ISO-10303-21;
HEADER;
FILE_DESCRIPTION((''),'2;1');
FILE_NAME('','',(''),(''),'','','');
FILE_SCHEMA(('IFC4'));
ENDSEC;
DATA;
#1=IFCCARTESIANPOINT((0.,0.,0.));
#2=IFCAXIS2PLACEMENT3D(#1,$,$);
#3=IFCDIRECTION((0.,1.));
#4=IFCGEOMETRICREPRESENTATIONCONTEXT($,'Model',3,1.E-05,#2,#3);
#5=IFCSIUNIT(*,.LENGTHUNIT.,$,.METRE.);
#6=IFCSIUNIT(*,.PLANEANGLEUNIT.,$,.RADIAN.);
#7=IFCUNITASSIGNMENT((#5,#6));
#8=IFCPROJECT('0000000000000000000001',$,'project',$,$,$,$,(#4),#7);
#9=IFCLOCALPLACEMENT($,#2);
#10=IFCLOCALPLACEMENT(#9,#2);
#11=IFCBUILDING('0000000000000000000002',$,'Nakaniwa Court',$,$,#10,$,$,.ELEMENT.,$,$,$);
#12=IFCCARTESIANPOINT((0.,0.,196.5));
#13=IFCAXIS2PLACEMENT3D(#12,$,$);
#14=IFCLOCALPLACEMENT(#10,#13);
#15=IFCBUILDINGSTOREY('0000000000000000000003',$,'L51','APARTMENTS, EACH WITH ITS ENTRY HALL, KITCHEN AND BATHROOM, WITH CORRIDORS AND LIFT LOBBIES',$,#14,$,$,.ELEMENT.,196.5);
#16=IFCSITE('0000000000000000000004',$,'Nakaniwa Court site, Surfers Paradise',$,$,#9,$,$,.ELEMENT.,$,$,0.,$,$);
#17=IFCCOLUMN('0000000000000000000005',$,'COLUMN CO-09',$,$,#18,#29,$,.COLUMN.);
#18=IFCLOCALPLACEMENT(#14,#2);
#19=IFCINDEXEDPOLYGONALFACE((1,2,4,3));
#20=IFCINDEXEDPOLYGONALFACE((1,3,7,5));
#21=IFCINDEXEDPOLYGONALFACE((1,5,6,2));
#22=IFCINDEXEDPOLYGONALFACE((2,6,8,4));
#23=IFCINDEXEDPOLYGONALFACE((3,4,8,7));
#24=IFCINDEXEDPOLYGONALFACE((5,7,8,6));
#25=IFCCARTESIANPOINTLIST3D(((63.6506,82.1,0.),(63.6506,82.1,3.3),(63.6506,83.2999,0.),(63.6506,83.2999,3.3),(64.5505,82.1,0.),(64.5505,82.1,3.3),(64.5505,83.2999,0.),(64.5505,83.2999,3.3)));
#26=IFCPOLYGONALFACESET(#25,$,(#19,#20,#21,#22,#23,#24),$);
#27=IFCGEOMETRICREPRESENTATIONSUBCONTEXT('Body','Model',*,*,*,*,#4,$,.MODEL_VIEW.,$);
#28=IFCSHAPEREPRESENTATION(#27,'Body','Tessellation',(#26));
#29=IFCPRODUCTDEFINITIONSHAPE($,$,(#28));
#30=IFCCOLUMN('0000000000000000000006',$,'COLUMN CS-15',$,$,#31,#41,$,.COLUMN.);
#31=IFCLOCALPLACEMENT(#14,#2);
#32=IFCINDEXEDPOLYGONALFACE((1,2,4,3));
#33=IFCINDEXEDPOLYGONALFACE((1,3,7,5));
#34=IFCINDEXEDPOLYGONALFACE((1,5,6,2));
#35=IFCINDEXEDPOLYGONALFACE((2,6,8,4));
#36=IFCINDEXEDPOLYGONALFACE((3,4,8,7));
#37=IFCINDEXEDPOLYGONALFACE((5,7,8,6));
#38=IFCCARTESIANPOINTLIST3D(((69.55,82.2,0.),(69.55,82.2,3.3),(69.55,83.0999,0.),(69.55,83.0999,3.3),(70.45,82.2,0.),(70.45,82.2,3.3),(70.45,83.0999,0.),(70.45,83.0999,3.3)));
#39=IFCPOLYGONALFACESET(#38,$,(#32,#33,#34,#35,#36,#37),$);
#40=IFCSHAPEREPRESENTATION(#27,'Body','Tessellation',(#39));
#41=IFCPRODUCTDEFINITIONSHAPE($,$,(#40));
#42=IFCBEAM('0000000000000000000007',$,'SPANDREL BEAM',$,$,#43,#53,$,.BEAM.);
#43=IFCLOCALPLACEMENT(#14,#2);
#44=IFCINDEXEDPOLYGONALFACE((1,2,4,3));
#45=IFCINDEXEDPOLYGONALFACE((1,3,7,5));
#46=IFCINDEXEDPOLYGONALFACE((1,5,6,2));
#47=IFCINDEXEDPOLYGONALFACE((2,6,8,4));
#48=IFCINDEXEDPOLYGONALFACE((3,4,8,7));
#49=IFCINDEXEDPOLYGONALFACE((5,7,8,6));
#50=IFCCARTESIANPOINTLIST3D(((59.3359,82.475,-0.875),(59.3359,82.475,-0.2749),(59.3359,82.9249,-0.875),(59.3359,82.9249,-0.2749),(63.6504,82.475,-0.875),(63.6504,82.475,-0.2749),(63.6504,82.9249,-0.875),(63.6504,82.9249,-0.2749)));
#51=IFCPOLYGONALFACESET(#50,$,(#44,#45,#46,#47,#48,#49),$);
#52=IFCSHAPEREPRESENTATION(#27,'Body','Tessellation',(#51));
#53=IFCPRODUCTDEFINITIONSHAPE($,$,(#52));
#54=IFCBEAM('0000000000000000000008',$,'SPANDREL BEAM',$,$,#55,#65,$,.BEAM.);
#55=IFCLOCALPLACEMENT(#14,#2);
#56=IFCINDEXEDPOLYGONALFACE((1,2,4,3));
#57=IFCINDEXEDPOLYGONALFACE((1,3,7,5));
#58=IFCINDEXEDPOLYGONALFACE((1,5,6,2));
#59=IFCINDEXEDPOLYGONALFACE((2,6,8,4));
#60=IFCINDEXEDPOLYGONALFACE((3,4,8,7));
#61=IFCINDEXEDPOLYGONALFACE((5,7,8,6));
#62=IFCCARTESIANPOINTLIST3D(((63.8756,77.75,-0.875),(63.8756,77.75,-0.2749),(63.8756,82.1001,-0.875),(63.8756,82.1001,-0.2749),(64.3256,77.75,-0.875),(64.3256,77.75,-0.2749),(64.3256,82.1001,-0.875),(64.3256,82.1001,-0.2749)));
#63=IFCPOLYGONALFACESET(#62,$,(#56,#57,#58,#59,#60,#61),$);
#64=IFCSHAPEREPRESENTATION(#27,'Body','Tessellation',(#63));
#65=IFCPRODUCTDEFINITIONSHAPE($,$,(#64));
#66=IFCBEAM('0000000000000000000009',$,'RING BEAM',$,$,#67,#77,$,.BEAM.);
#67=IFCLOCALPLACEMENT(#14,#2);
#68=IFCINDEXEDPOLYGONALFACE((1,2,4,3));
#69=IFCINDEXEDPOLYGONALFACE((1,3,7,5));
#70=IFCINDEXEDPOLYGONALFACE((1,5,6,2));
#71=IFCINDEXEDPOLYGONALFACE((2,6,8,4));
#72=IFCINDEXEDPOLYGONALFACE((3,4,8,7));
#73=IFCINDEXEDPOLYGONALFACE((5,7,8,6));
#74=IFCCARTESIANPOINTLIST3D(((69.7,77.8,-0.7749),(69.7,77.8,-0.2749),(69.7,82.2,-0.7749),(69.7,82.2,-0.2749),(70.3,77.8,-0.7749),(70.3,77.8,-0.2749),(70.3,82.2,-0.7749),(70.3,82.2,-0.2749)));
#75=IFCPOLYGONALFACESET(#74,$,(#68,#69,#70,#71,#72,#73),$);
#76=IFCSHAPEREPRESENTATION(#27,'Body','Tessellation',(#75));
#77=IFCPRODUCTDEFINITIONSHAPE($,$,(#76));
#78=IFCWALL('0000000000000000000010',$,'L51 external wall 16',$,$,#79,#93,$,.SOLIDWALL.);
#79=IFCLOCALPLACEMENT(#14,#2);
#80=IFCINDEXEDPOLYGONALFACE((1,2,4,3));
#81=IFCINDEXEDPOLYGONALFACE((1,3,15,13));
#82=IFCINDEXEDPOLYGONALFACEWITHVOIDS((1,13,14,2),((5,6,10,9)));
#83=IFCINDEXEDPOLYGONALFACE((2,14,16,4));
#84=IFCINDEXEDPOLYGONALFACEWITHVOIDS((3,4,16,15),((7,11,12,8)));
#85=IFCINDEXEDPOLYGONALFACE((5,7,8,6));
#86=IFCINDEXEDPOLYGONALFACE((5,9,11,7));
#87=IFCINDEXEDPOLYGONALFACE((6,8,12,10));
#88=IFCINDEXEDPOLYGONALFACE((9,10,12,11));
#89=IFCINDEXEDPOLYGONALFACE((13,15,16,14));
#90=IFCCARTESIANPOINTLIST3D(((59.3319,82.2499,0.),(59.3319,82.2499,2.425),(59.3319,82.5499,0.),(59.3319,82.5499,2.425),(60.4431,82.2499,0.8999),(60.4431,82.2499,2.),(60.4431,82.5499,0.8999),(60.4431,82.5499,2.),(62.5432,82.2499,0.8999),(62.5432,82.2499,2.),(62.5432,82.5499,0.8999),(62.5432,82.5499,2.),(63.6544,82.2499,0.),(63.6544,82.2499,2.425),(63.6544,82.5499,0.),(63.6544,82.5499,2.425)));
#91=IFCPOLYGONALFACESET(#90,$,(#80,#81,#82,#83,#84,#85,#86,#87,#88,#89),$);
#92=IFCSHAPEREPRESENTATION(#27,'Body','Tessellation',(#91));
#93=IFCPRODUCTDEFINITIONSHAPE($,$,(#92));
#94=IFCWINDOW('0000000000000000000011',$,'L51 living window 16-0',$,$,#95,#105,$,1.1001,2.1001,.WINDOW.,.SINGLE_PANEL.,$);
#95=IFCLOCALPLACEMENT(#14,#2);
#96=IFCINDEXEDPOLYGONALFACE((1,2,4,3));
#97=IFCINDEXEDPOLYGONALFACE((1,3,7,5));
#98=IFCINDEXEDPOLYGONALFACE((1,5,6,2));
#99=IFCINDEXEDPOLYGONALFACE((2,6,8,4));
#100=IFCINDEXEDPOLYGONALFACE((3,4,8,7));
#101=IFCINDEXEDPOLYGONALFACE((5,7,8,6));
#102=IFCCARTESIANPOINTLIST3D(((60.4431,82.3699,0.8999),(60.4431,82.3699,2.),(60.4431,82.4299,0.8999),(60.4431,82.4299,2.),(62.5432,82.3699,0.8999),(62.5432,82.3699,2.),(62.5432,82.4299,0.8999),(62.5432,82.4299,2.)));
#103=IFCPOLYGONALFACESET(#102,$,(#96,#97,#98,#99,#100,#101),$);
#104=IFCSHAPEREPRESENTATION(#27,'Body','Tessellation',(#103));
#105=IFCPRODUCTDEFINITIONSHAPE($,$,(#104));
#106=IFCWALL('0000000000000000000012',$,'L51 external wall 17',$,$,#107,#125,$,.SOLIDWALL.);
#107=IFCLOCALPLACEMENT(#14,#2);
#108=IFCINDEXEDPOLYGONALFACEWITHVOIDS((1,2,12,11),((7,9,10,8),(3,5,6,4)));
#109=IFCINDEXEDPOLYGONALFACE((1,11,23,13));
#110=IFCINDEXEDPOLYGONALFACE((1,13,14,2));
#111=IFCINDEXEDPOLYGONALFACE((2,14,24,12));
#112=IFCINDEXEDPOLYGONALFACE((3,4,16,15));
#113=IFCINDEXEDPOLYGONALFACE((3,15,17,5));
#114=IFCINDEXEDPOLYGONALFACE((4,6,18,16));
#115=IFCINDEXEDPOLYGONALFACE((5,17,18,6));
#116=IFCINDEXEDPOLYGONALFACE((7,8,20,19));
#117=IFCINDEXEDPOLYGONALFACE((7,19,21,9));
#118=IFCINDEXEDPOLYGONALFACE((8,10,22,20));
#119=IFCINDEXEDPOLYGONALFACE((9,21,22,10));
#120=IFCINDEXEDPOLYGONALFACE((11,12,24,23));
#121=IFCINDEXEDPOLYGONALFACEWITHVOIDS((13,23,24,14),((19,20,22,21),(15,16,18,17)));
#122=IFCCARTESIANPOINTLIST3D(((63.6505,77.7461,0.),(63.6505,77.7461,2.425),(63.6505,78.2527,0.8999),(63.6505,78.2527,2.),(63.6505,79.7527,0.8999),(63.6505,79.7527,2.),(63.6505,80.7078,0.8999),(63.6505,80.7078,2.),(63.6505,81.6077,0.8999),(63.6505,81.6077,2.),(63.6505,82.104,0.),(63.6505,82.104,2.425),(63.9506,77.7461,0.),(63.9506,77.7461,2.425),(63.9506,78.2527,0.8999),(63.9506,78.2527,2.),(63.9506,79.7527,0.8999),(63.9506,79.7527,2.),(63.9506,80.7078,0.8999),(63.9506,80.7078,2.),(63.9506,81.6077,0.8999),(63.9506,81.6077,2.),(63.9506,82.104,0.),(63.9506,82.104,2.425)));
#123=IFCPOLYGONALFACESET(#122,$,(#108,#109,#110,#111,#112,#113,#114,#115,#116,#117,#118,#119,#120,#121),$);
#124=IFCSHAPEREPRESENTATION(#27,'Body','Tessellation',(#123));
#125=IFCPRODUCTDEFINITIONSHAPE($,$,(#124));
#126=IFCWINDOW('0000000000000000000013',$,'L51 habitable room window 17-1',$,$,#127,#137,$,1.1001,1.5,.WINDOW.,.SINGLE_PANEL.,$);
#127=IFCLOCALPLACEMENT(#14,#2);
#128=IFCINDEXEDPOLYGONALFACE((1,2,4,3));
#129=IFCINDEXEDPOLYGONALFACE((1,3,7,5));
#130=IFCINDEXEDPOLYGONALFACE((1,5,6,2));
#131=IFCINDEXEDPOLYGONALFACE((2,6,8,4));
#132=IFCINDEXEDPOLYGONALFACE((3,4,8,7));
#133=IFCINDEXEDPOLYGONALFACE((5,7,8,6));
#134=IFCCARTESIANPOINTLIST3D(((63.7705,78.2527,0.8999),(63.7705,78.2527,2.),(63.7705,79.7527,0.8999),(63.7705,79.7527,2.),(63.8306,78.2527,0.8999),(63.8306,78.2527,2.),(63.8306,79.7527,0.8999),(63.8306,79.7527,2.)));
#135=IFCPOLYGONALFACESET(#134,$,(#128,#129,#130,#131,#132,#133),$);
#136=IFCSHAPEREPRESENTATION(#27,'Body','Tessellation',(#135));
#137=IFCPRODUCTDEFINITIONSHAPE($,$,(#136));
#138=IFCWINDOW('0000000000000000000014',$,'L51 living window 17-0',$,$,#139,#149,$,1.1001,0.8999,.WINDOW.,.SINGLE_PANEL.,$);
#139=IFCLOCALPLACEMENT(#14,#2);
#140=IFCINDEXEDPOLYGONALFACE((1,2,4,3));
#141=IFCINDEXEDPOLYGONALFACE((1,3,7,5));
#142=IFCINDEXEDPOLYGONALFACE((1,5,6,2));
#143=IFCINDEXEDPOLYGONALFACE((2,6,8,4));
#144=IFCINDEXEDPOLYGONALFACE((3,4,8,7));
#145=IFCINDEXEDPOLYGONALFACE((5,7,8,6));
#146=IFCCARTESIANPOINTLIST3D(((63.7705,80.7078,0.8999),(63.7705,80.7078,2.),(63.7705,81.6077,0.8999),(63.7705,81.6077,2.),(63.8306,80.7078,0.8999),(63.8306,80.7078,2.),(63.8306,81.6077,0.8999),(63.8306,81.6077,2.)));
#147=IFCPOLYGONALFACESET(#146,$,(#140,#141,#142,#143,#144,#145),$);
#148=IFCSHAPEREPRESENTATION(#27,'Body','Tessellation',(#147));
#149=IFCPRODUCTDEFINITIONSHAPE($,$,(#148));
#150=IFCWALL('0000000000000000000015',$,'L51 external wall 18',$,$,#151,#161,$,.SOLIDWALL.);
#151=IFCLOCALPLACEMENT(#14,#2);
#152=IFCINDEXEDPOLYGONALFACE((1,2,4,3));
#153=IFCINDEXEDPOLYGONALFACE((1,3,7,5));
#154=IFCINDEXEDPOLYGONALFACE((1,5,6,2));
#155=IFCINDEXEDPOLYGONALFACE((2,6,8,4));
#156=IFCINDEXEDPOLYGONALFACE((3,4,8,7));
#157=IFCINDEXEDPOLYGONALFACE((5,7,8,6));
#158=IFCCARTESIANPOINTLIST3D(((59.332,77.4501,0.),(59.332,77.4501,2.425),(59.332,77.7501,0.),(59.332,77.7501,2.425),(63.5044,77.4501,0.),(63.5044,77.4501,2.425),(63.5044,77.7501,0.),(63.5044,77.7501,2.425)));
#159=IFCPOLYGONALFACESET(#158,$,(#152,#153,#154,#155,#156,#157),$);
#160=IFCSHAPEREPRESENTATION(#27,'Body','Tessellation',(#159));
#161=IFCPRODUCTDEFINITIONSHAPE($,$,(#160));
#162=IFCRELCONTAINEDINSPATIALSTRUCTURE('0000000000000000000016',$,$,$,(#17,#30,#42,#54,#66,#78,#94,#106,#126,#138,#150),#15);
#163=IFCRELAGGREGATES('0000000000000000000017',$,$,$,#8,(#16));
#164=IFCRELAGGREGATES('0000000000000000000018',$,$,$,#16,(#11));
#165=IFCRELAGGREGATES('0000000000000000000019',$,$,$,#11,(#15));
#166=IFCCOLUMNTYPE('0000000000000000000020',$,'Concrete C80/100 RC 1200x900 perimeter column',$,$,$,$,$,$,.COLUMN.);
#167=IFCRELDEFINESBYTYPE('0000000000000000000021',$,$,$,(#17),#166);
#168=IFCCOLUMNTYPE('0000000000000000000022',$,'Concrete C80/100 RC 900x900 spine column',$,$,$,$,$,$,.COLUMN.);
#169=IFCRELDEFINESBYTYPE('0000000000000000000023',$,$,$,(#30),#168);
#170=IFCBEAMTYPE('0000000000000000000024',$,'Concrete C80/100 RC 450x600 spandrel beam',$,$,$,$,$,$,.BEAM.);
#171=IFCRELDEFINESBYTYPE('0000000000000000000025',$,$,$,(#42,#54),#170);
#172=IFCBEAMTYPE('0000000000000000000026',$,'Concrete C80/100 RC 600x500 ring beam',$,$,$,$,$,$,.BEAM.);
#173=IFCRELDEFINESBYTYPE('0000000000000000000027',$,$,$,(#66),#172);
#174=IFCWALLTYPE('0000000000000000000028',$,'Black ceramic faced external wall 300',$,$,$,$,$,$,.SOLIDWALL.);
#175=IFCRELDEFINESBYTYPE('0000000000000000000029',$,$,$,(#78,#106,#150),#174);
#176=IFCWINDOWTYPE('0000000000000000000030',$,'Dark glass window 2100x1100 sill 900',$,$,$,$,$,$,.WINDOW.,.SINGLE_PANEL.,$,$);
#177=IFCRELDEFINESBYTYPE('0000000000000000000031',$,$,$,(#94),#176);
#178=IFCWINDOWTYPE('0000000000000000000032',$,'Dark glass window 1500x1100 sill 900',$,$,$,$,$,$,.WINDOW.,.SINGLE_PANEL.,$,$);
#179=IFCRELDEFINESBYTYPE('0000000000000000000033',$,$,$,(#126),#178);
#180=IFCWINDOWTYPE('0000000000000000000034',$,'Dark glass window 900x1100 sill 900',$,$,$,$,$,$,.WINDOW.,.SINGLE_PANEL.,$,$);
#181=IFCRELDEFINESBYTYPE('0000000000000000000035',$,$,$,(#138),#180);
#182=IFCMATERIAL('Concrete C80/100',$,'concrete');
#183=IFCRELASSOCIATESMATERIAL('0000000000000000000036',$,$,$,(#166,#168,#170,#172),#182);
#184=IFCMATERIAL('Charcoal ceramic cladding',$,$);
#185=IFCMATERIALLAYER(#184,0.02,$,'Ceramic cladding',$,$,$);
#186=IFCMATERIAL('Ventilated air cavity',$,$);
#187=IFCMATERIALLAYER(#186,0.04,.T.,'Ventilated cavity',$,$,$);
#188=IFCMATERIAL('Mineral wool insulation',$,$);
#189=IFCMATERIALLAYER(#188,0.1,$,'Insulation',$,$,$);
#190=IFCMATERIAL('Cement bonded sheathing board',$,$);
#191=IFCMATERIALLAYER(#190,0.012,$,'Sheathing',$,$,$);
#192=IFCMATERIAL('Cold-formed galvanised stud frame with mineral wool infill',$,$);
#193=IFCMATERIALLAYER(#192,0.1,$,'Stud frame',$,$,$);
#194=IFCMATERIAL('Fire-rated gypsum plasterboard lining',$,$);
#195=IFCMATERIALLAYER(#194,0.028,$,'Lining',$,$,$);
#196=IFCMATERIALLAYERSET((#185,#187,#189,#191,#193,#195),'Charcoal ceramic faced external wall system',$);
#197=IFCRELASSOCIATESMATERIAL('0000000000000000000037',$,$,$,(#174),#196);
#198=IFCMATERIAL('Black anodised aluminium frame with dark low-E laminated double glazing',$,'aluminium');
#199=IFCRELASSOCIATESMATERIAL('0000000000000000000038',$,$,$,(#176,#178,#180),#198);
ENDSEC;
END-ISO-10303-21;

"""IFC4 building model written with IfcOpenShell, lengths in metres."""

from ifc_helpers import new_model, si_unit, direction, frame, frame_2d, origin, origin_2d, place, context, subcontext, project, spatial, rectangle, extrude, material, layer, layer_set, material_profile, profile_set, type_object, element, fill, save


model = new_model("IFC4")

# Units and contexts
model_context = context("Model", 3, precision=1e-05, world=origin(), true_north=direction((0.0, 1.0)))
body_context = subcontext(model_context, "Body", "Model", "MODEL_VIEW")
ifc_project = project(units=[si_unit("LENGTHUNIT", "METRE"), si_unit("PLANEANGLEUNIT", "RADIAN")], contexts=[model_context])

# Site, building, storey
site_placement = place(None, origin())
site = spatial("IfcSite", under=ifc_project, at=site_placement, Name="Nakaniwa Court site, Surfers Paradise", CompositionType="ELEMENT", RefElevation=0.0)
building_placement = place(site_placement, origin())
building = spatial("IfcBuilding", under=site, at=building_placement, Name="Nakaniwa Court", CompositionType="ELEMENT")
storey_placement = place(building_placement, frame((0.0, 0.0, 196.5)))
storey = spatial("IfcBuildingStorey", under=building, at=storey_placement, Name="L51", Description="APARTMENTS, EACH WITH ITS ENTRY HALL, KITCHEN AND BATHROOM, WITH CORRIDORS AND LIFT LOBBIES", CompositionType="ELEMENT", Elevation=196.5)

# Columns
ifc_material_1 = material(Name="Concrete C80/100", Category="concrete")
ifc_material_profile_1 = material_profile(ifc_material_1, rectangle(XDim=1.2, YDim=0.8999, at=origin_2d()), Name="Concrete C80/100 RC 1200x900 perimeter column")
ifc_profile_set_1 = profile_set([ifc_material_profile_1], Name="Concrete C80/100")
column_type_1 = type_object("IfcColumnType", Name="Concrete C80/100 RC 1200x900 perimeter column", PredefinedType="COLUMN", material=ifc_profile_set_1)
column_1_placement = place(storey_placement, frame((64.1006, 82.7, 0.0), z_axis=(0.0, 0.0, 1.0), x_axis=(0.0, -1.0, 0.0)))
element("IfcColumn", 1, at=column_1_placement, inside=storey, type_object=column_type_1, Name="COLUMN CO-09", PredefinedType="COLUMN", context=body_context, shape_type="SweptSolid", body=[
    extrude(rectangle(XDim=1.2, YDim=0.8999, at=origin_2d()), origin(), (0.0, 0.0, 1.0), 3.3),
])
ifc_material_profile_2 = material_profile(ifc_material_1, rectangle(XDim=0.8999, YDim=0.8999, at=origin_2d()), Name="Concrete C80/100 RC 900x900 spine column")
ifc_profile_set_2 = profile_set([ifc_material_profile_2], Name="Concrete C80/100")
column_type_2 = type_object("IfcColumnType", Name="Concrete C80/100 RC 900x900 spine column", PredefinedType="COLUMN", material=ifc_profile_set_2)
column_2_placement = place(storey_placement, frame((70.0, 82.6499, 0.0), z_axis=(0.0, 0.0, 1.0), x_axis=(0.0, -1.0, 0.0)))
element("IfcColumn", 2, at=column_2_placement, inside=storey, type_object=column_type_2, Name="COLUMN CS-15", PredefinedType="COLUMN", context=body_context, shape_type="SweptSolid", body=[
    extrude(rectangle(XDim=0.8999, YDim=0.8999, at=origin_2d()), origin(), (0.0, 0.0, 1.0), 3.3),
])

# Beams
ifc_material_profile_3 = material_profile(ifc_material_1, rectangle(XDim=0.45, YDim=0.6001, at=origin_2d()), Name="Concrete C80/100 RC 450x600 spandrel beam")
ifc_profile_set_3 = profile_set([ifc_material_profile_3], Name="Concrete C80/100")
beam_type_1 = type_object("IfcBeamType", Name="Concrete C80/100 RC 450x600 spandrel beam", PredefinedType="BEAM", material=ifc_profile_set_3)
beam_1_placement = place(storey_placement, frame((59.3359, 82.7, -0.575), z_axis=(1.0, 0.0, 0.0), x_axis=(0.0, 1.0, 0.0)))
element("IfcBeam", 3, at=beam_1_placement, inside=storey, type_object=beam_type_1, Name="SPANDREL BEAM", PredefinedType="BEAM", context=body_context, shape_type="SweptSolid", body=[
    extrude(rectangle(XDim=0.45, YDim=0.6001, at=origin_2d()), origin(), (0.0, 0.0, 1.0), 4.3145),
])
beam_2_placement = place(storey_placement, frame((64.1006, 82.1001, -0.575), z_axis=(0.0, -1.0, 0.0), x_axis=(1.0, 0.0, 0.0)))
element("IfcBeam", 4, at=beam_2_placement, inside=storey, type_object=beam_type_1, Name="SPANDREL BEAM", PredefinedType="BEAM", context=body_context, shape_type="SweptSolid", body=[
    extrude(rectangle(XDim=0.45, YDim=0.6001, at=origin_2d()), origin(), (0.0, 0.0, 1.0), 4.3501),
])
ifc_material_profile_4 = material_profile(ifc_material_1, rectangle(XDim=0.6001, YDim=0.5, at=origin_2d()), Name="Concrete C80/100 RC 600x500 ring beam")
ifc_profile_set_4 = profile_set([ifc_material_profile_4], Name="Concrete C80/100")
beam_type_2 = type_object("IfcBeamType", Name="Concrete C80/100 RC 600x500 ring beam", PredefinedType="BEAM", material=ifc_profile_set_4)
beam_3_placement = place(storey_placement, frame((70.0, 82.2, -0.5249), z_axis=(0.0, -1.0, 0.0), x_axis=(1.0, 0.0, 0.0)))
element("IfcBeam", 5, at=beam_3_placement, inside=storey, type_object=beam_type_2, Name="RING BEAM", PredefinedType="BEAM", context=body_context, shape_type="SweptSolid", body=[
    extrude(rectangle(XDim=0.6001, YDim=0.5, at=origin_2d()), origin(), (0.0, 0.0, 1.0), 4.3999),
])

# Wall, opening, window
ifc_material_2 = material(Name="Charcoal ceramic cladding")
ifc_layer_1 = layer(ifc_material_2, 0.02, Name="Ceramic cladding")
ifc_material_3 = material(Name="Ventilated air cavity")
ifc_layer_2 = layer(ifc_material_3, 0.04, ventilated=True, Name="Ventilated cavity")
ifc_material_4 = material(Name="Mineral wool insulation")
ifc_layer_3 = layer(ifc_material_4, 0.1, Name="Insulation")
ifc_material_5 = material(Name="Cement bonded sheathing board")
ifc_layer_4 = layer(ifc_material_5, 0.012, Name="Sheathing")
ifc_material_6 = material(Name="Cold-formed galvanised stud frame with mineral wool infill")
ifc_layer_5 = layer(ifc_material_6, 0.1, Name="Stud frame")
ifc_material_7 = material(Name="Fire-rated gypsum plasterboard lining")
ifc_layer_6 = layer(ifc_material_7, 0.028, Name="Lining")
ifc_layer_set_1 = layer_set([ifc_layer_1, ifc_layer_2, ifc_layer_3, ifc_layer_4, ifc_layer_5, ifc_layer_6], Name="Charcoal ceramic faced external wall system")
wall_type_1 = type_object("IfcWallType", Name="Black ceramic faced external wall 300", PredefinedType="SOLIDWALL", material=ifc_layer_set_1)
wall_1_placement = place(storey_placement, frame((59.332, 82.3999, 0.0), z_axis=(0.0, 0.0, 1.0), x_axis=(1.0, 0.0, 0.0)))
wall_1 = element("IfcWall", 6, at=wall_1_placement, inside=storey, type_object=wall_type_1, Name="L51 external wall 16", PredefinedType="SOLIDWALL", context=body_context, shape_type="SweptSolid", body=[
    extrude(rectangle(XDim=4.3225, YDim=0.3, at=frame_2d((2.1611, 0.0))), origin(), (0.0, 0.0, 1.0), 2.425),
])
opening_1_placement = place(wall_1_placement, frame((1.1111, 0.0, 0.8999)))
opening_1 = element("IfcOpeningElement", 7, at=opening_1_placement, cuts=wall_1, PredefinedType="OPENING", context=body_context, shape_type="SweptSolid", body=[
    extrude(rectangle(XDim=2.1001, YDim=1.1001, at=frame_2d((1.05, 0.55))), frame((0.0, 0.1599, 0.0), z_axis=(0.0, -1.0, 0.0), x_axis=(1.0, 0.0, 0.0)), (0.0, 0.0, 1.0), 0.3201),
])
ifc_material_8 = material(Name="Black anodised aluminium frame with dark low-E laminated double glazing", Category="aluminium")
window_type_1 = type_object("IfcWindowType", Name="Dark glass window 2100x1100 sill 900", PartitioningType="SINGLE_PANEL", PredefinedType="WINDOW", material=ifc_material_8)
window_1_placement = place(opening_1_placement, origin())
window_1 = element("IfcWindow", 8, at=window_1_placement, inside=storey, type_object=window_type_1, Name="L51 living window 16-0", OverallHeight=1.1001, OverallWidth=2.1001, PartitioningType="SINGLE_PANEL", PredefinedType="WINDOW", context=body_context, shape_type="SweptSolid", body=[
    extrude(rectangle(XDim=2.1001, YDim=1.1001, at=frame_2d((1.05, 0.55))), frame((0.0, 0.03, 0.0), z_axis=(0.0, -1.0, 0.0), x_axis=(1.0, 0.0, 0.0)), (0.0, 0.0, 1.0), 0.0601),
])
fill(opening_1, window_1)

# Wall, openings, windows
wall_2_placement = place(storey_placement, frame((63.8005, 82.104, 0.0), z_axis=(0.0, 0.0, 1.0), x_axis=(0.0, -1.0, 0.0)))
wall_2 = element("IfcWall", 9, at=wall_2_placement, inside=storey, type_object=wall_type_1, Name="L51 external wall 17", PredefinedType="SOLIDWALL", context=body_context, shape_type="SweptSolid", body=[
    extrude(rectangle(XDim=4.3579, YDim=0.3, at=frame_2d((2.179, 0.0))), origin(), (0.0, 0.0, 1.0), 2.425),
])
opening_2_placement = place(wall_2_placement, frame((0.4963, 0.0, 0.8999)))
opening_2 = element("IfcOpeningElement", 10, at=opening_2_placement, cuts=wall_2, PredefinedType="OPENING", context=body_context, shape_type="SweptSolid", body=[
    extrude(rectangle(XDim=0.8999, YDim=1.1001, at=frame_2d((0.45, 0.55))), frame((0.0, 0.1599, 0.0), z_axis=(0.0, -1.0, 0.0), x_axis=(1.0, 0.0, 0.0)), (0.0, 0.0, 1.0), 0.3201),
])
opening_3_placement = place(wall_2_placement, frame((2.3513, 0.0, 0.8999)))
opening_3 = element("IfcOpeningElement", 11, at=opening_3_placement, cuts=wall_2, PredefinedType="OPENING", context=body_context, shape_type="SweptSolid", body=[
    extrude(rectangle(XDim=1.5, YDim=1.1001, at=frame_2d((0.75, 0.55))), frame((0.0, 0.1599, 0.0), z_axis=(0.0, -1.0, 0.0), x_axis=(1.0, 0.0, 0.0)), (0.0, 0.0, 1.0), 0.3201),
])
window_type_2 = type_object("IfcWindowType", Name="Dark glass window 1500x1100 sill 900", PartitioningType="SINGLE_PANEL", PredefinedType="WINDOW", material=ifc_material_8)
window_2_placement = place(opening_3_placement, origin())
window_2 = element("IfcWindow", 12, at=window_2_placement, inside=storey, type_object=window_type_2, Name="L51 habitable room window 17-1", OverallHeight=1.1001, OverallWidth=1.5, PartitioningType="SINGLE_PANEL", PredefinedType="WINDOW", context=body_context, shape_type="SweptSolid", body=[
    extrude(rectangle(XDim=1.5, YDim=1.1001, at=frame_2d((0.75, 0.55))), frame((0.0, 0.03, 0.0), z_axis=(0.0, -1.0, 0.0), x_axis=(1.0, 0.0, 0.0)), (0.0, 0.0, 1.0), 0.0601),
])
fill(opening_3, window_2)
window_type_3 = type_object("IfcWindowType", Name="Dark glass window 900x1100 sill 900", PartitioningType="SINGLE_PANEL", PredefinedType="WINDOW", material=ifc_material_8)
window_3_placement = place(opening_2_placement, origin())
window_3 = element("IfcWindow", 13, at=window_3_placement, inside=storey, type_object=window_type_3, Name="L51 living window 17-0", OverallHeight=1.1001, OverallWidth=0.8999, PartitioningType="SINGLE_PANEL", PredefinedType="WINDOW", context=body_context, shape_type="SweptSolid", body=[
    extrude(rectangle(XDim=0.8999, YDim=1.1001, at=frame_2d((0.45, 0.55))), frame((0.0, 0.03, 0.0), z_axis=(0.0, -1.0, 0.0), x_axis=(1.0, 0.0, 0.0)), (0.0, 0.0, 1.0), 0.0601),
])
fill(opening_2, window_3)

# Wall
wall_3_placement = place(storey_placement, frame((63.5044, 77.6001, 0.0), z_axis=(0.0, 0.0, 1.0), x_axis=(-1.0, 0.0, 0.0)))
element("IfcWall", 14, at=wall_3_placement, inside=storey, type_object=wall_type_1, Name="L51 external wall 18", PredefinedType="SOLIDWALL", context=body_context, shape_type="SweptSolid", body=[
    extrude(rectangle(XDim=4.1724, YDim=0.3, at=frame_2d((2.0862, 0.0))), origin(), (0.0, 0.0, 1.0), 2.425),
])

save(model, "model.ifc")
